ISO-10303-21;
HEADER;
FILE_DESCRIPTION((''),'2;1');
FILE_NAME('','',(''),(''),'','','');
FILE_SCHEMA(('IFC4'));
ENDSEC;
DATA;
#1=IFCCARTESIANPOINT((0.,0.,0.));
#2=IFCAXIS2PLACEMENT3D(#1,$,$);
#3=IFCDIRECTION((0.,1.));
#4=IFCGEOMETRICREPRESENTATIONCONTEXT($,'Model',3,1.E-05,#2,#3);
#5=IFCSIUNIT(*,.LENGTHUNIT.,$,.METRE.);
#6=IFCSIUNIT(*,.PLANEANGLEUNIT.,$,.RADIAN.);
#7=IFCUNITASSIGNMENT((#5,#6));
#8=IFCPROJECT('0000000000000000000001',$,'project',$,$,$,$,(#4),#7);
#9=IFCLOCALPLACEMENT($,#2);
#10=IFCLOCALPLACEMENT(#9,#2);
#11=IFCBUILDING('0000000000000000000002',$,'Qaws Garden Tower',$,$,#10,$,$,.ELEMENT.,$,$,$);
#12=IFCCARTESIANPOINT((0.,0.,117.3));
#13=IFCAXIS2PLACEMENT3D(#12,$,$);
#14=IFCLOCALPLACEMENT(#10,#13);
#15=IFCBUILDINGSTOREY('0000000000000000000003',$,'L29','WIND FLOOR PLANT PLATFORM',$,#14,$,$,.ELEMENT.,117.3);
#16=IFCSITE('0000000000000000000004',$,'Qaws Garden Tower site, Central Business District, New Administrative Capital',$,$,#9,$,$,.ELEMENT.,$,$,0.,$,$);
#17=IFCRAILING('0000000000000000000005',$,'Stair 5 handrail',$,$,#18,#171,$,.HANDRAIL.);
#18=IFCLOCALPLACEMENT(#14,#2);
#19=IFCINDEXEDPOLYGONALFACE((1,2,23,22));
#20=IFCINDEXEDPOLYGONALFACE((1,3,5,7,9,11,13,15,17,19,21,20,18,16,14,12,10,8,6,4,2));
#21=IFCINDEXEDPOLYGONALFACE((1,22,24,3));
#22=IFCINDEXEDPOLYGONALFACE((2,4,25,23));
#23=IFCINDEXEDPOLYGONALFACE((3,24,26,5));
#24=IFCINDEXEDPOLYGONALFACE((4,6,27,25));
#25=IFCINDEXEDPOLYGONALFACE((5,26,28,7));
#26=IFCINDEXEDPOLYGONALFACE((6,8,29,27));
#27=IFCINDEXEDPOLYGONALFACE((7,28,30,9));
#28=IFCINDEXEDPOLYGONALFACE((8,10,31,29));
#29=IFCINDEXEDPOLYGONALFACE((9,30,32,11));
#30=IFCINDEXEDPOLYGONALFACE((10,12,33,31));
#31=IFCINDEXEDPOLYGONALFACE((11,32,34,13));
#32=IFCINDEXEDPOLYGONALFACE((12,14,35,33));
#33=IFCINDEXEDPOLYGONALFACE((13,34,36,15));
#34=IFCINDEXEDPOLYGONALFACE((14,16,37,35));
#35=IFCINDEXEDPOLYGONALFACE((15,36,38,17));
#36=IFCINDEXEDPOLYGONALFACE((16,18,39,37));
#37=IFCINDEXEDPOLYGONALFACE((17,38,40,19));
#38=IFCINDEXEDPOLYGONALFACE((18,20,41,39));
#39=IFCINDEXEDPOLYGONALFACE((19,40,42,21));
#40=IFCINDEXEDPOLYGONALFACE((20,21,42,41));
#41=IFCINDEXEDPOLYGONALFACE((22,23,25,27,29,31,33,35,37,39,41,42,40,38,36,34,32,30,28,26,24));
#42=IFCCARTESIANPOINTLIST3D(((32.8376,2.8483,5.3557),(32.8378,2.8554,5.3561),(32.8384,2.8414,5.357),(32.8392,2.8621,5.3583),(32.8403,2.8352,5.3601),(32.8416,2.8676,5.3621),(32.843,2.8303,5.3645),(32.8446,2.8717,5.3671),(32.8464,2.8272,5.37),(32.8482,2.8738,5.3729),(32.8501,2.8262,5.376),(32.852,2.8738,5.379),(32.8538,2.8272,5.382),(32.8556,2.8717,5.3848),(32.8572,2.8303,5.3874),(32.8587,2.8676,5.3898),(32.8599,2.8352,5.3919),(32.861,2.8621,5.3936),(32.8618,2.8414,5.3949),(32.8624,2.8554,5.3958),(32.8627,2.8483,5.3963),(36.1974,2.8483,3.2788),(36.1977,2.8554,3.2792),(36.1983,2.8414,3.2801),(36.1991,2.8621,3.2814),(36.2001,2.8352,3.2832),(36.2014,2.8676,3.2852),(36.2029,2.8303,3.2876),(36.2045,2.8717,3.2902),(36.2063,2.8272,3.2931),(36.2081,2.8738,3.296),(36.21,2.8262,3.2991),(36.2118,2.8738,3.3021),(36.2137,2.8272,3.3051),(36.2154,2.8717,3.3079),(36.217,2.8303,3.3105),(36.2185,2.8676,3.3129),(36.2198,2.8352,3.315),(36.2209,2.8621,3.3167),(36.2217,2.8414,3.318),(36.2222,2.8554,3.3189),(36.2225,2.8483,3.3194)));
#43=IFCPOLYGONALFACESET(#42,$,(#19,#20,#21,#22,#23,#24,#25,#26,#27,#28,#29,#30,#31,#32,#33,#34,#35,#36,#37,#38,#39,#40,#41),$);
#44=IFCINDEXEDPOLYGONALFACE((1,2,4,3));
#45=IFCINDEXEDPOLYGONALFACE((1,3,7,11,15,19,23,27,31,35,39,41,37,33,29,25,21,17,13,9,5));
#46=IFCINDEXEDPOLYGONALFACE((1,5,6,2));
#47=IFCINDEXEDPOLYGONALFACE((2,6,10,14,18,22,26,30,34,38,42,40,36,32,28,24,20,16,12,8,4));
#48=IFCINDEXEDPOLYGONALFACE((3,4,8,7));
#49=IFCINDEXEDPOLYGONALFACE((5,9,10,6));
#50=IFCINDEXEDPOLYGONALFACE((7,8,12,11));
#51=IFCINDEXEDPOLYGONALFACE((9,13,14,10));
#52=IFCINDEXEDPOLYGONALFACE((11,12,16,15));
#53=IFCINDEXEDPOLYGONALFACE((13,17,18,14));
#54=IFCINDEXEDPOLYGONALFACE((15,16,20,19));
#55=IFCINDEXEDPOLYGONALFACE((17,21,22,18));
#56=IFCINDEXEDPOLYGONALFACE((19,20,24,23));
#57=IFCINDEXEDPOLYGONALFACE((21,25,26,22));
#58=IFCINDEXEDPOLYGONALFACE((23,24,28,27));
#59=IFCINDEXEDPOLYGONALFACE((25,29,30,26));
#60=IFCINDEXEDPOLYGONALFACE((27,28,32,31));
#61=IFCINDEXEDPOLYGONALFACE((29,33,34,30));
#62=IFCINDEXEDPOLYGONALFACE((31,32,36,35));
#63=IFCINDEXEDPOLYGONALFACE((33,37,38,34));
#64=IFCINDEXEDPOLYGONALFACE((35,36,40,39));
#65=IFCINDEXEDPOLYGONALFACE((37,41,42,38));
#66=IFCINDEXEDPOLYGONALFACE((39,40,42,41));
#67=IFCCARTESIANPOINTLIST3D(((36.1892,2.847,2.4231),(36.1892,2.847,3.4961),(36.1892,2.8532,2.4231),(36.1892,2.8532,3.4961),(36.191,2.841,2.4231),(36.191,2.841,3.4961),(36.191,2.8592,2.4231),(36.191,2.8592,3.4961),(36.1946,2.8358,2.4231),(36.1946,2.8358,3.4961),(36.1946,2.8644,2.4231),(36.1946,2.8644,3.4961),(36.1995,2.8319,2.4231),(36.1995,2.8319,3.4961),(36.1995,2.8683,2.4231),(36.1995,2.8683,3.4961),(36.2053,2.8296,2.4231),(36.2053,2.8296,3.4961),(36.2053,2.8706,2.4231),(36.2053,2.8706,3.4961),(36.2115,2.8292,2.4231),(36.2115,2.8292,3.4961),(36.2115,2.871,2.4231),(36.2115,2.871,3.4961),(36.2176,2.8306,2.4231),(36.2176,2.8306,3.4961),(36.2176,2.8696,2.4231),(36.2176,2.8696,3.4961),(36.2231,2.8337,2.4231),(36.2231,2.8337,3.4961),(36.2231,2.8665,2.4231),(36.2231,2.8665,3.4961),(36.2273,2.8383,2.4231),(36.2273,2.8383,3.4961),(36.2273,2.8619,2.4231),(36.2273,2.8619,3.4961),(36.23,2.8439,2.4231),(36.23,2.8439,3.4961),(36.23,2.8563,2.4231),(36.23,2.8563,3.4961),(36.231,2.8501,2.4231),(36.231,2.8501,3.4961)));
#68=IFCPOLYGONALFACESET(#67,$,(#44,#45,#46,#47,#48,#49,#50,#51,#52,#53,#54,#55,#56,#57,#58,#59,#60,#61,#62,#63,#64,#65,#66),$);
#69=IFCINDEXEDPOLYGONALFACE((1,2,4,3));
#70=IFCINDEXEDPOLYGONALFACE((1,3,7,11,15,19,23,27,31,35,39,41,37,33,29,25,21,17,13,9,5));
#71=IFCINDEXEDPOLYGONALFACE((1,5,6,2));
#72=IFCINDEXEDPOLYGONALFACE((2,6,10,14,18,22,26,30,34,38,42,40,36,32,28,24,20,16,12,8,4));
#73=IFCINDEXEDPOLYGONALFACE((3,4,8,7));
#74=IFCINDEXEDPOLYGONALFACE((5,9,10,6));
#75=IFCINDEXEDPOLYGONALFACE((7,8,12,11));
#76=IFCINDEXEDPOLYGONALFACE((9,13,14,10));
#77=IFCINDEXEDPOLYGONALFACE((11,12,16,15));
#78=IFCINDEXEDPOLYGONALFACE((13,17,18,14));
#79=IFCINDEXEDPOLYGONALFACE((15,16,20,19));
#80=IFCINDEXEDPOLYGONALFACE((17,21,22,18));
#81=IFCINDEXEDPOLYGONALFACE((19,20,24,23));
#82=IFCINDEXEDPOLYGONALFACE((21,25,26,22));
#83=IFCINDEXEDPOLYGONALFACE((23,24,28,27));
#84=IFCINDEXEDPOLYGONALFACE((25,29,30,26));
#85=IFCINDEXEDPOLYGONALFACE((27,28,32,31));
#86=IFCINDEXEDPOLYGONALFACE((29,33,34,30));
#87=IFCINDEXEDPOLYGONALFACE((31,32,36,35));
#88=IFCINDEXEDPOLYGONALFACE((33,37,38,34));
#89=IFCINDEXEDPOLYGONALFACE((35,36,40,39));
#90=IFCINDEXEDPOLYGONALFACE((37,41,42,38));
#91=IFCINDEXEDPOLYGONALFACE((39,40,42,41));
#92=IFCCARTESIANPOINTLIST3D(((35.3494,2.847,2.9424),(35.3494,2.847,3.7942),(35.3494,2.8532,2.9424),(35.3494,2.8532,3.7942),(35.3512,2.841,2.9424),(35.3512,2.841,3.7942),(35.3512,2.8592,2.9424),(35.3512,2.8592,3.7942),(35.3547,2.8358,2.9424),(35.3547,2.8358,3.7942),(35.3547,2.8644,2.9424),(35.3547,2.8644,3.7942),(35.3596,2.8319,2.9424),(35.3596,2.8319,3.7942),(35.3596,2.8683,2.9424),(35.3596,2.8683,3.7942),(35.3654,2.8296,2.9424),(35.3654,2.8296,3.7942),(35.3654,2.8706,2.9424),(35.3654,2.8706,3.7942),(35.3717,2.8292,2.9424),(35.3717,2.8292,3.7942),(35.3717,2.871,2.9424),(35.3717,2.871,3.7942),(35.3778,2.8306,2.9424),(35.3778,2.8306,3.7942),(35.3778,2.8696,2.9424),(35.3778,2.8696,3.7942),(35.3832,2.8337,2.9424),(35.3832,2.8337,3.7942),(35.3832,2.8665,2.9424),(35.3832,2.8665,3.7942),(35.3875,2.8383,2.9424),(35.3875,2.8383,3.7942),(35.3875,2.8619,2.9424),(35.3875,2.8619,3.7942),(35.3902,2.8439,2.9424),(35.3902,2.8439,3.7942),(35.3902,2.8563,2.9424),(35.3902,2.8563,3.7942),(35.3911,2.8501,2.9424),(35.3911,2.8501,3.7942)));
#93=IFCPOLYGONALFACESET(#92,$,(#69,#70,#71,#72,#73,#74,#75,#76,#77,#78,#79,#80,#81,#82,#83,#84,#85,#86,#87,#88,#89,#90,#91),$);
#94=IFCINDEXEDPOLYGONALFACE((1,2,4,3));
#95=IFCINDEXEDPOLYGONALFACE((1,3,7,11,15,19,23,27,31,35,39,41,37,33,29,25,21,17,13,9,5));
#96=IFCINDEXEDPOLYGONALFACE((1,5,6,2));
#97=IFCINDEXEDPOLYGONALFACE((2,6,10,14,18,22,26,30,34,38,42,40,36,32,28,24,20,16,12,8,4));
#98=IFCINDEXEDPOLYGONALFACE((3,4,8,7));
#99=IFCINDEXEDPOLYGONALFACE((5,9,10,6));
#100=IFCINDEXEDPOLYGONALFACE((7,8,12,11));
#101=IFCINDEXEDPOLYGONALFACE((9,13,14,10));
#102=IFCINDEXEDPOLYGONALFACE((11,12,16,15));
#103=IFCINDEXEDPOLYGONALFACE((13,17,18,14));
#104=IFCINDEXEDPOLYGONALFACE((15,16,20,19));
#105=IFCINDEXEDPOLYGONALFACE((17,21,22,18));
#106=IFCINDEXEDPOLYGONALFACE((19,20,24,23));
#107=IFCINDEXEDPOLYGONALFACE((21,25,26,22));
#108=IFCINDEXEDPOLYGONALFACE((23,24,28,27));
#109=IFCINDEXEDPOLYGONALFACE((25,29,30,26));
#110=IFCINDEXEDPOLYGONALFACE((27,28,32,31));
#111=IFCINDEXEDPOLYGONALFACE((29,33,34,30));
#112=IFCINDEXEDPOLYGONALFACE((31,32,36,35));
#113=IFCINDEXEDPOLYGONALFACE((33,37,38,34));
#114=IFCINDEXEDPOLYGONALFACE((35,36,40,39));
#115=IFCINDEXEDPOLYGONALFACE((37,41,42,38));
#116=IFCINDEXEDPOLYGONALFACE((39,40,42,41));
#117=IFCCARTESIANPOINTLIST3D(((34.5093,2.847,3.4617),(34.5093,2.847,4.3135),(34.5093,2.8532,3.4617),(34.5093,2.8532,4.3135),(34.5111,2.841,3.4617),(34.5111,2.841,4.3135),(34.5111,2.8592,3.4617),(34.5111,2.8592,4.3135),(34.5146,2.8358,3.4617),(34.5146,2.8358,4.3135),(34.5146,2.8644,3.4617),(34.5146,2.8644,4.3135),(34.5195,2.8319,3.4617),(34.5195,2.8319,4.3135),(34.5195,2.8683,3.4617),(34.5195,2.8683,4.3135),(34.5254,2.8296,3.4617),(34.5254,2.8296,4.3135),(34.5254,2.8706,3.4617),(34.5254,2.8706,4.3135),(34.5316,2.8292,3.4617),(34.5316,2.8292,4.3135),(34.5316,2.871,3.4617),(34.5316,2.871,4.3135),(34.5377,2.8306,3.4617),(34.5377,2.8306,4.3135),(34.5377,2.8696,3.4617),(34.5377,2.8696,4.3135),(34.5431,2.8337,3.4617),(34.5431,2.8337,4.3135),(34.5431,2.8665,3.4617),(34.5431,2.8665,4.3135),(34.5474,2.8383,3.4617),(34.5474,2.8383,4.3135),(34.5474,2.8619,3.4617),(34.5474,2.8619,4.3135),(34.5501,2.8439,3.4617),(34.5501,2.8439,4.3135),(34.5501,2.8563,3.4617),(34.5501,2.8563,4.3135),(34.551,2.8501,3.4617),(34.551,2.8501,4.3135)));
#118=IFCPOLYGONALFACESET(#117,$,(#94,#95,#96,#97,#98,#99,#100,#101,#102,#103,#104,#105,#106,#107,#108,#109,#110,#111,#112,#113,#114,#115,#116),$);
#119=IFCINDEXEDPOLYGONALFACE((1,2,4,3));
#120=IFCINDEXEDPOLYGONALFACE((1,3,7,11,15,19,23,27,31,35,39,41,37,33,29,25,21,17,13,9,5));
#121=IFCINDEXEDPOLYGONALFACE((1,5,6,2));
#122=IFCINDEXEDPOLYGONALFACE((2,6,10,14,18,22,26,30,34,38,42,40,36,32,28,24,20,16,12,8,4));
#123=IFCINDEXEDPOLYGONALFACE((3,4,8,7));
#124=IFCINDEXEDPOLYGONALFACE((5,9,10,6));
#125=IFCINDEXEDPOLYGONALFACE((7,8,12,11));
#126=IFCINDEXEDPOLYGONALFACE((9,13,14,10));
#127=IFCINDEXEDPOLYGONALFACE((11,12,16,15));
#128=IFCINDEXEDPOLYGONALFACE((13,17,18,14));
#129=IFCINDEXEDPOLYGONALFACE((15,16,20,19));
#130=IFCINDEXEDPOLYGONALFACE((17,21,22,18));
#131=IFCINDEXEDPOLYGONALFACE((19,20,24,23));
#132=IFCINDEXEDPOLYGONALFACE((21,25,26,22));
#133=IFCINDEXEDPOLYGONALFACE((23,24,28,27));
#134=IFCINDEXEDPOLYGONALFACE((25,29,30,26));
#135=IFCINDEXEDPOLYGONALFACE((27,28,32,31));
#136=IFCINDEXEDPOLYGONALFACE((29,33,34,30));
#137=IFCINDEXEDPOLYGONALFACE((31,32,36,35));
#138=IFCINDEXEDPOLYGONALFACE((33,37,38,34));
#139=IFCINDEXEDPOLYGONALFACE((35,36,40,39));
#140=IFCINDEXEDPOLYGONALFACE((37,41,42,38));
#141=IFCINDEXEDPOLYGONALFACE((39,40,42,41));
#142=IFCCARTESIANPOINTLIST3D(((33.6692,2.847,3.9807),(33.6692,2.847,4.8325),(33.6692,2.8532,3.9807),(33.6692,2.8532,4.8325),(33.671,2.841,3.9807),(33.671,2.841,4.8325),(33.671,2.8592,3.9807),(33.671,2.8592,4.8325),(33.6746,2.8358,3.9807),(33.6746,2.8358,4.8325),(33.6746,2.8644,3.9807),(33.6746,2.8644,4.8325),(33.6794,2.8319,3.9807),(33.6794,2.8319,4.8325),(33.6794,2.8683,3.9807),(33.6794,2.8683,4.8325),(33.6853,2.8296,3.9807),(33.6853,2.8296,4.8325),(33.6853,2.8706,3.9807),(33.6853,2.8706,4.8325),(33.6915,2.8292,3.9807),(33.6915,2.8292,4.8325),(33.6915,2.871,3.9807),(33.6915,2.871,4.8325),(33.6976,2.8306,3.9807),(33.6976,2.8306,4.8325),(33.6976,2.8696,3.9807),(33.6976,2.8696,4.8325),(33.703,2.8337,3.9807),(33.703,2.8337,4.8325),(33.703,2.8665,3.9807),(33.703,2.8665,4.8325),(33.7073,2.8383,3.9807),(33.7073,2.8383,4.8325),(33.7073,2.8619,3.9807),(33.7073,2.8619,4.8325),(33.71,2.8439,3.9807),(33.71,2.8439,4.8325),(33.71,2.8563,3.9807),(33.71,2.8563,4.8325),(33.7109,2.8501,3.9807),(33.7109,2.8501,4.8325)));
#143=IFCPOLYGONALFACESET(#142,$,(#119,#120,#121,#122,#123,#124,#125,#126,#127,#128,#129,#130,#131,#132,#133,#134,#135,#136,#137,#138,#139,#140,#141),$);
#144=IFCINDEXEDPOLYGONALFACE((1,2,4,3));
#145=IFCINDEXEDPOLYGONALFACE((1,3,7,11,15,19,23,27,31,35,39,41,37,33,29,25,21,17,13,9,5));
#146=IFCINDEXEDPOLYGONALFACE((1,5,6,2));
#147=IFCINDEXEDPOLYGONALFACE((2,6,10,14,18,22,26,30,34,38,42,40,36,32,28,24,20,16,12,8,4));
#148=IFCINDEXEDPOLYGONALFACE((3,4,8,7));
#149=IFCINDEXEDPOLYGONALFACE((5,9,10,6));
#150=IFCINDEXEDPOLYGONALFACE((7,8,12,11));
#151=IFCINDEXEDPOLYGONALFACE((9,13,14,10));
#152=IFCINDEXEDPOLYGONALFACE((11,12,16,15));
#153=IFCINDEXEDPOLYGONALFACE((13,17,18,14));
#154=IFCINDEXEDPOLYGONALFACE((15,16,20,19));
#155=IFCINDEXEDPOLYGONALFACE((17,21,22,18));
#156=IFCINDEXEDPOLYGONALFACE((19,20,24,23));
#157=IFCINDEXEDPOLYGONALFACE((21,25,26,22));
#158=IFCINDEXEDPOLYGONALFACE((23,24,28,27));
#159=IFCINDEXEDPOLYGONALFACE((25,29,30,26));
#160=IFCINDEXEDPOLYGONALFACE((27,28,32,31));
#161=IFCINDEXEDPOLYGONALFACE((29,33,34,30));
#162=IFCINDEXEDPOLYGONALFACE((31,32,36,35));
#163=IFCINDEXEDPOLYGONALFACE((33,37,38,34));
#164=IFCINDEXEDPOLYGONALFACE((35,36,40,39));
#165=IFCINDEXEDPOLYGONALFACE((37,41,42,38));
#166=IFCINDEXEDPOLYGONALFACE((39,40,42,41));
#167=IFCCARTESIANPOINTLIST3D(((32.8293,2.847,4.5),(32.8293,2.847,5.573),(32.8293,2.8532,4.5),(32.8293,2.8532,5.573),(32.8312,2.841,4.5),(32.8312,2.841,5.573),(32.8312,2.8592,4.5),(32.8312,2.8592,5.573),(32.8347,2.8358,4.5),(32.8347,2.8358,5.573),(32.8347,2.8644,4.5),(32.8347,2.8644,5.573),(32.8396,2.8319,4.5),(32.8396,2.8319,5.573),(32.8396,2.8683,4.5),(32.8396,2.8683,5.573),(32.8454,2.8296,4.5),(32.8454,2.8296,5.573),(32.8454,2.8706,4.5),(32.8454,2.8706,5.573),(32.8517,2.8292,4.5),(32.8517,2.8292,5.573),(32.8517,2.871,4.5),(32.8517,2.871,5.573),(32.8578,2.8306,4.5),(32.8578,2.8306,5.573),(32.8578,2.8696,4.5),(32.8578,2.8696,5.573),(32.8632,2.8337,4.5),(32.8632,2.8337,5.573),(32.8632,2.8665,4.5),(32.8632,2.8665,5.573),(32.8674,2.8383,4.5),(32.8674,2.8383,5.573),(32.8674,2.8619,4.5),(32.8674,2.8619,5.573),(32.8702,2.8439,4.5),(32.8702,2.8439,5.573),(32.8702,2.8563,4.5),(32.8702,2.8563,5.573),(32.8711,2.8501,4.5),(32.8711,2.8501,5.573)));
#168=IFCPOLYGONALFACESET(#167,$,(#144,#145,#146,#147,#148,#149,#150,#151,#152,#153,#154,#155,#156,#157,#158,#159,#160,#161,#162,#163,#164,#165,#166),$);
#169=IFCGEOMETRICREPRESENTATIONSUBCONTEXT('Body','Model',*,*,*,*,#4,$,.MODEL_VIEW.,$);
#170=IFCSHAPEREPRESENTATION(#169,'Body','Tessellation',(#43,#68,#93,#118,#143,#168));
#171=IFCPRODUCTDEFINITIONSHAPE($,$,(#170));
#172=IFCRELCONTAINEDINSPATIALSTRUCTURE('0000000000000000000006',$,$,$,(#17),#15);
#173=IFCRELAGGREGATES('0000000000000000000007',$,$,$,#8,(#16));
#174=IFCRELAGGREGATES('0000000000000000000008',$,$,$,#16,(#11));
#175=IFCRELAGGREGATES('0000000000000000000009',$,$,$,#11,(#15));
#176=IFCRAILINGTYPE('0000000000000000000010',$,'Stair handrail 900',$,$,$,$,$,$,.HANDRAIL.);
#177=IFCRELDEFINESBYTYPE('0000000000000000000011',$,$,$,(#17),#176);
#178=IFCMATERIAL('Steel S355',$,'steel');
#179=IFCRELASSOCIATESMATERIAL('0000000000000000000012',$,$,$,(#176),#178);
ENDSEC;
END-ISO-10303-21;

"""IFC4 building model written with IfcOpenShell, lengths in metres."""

from ifc_helpers import new_model, si_unit, direction, frame, origin, origin_2d, place, context, subcontext, project, spatial, circle, extrude, material, type_object, element, save


model = new_model("IFC4")

# Units and contexts
model_context = context("Model", 3, precision=1e-05, world=origin(), true_north=direction((0.0, 1.0)))
body_context = subcontext(model_context, "Body", "Model", "MODEL_VIEW")
ifc_project = project(units=[si_unit("LENGTHUNIT", "METRE"), si_unit("PLANEANGLEUNIT", "RADIAN")], contexts=[model_context])

# Site, building, storey
site_placement = place(None, origin())
site = spatial("IfcSite", under=ifc_project, at=site_placement, Name="Qaws Garden Tower site, Central Business District, New Administrative Capital", CompositionType="ELEMENT", RefElevation=0.0)
building_placement = place(site_placement, origin())
building = spatial("IfcBuilding", under=site, at=building_placement, Name="Qaws Garden Tower", CompositionType="ELEMENT")
storey_placement = place(building_placement, frame((0.0, 0.0, 117.3)))
storey = spatial("IfcBuildingStorey", under=building, at=storey_placement, Name="L29", Description="WIND FLOOR PLANT PLATFORM", CompositionType="ELEMENT", Elevation=117.3)

# Railing
ifc_material_1 = material(Name="Steel S355", Category="steel")
railing_type_1 = type_object("IfcRailingType", Name="Stair handrail 900", PredefinedType="HANDRAIL", material=ifc_material_1)
for number, where, name in (
    (1, (36.21, 2.8501, 2.4231), "Stair 5 handrail"),
):
    element("IfcRailing", number, at=place(storey_placement, frame(where)), inside=storey, type_object=railing_type_1, Name=name, PredefinedType="HANDRAIL", context=body_context, shape_type="SweptSolid", body=[
        extrude(circle(Radius=0.0239, at=origin_2d()), frame((0.0, 0.0, 0.876), z_axis=(-0.850606, 0.0, 0.525803), x_axis=(0.0, -1.0, 0.0)), (0.0, 0.0, 1.0), 3.95),
        extrude(circle(Radius=0.021, at=origin_2d()), origin(), (0.0, 0.0, 1.0), 1.073),
        extrude(circle(Radius=0.021, at=origin_2d()), frame((-0.8398, 0.0, 0.5193)), (0.0, 0.0, 1.0), 0.8518),
        extrude(circle(Radius=0.021, at=origin_2d()), frame((-1.6799, 0.0, 1.0386)), (0.0, 0.0, 1.0), 0.8518),
        extrude(circle(Radius=0.021, at=origin_2d()), frame((-2.52, 0.0, 1.5576)), (0.0, 0.0, 1.0), 0.8518),
        extrude(circle(Radius=0.021, at=origin_2d()), frame((-3.3599, 0.0, 2.0769)), (0.0, 0.0, 1.0), 1.073),
    ])

save(model, "model.ifc")
